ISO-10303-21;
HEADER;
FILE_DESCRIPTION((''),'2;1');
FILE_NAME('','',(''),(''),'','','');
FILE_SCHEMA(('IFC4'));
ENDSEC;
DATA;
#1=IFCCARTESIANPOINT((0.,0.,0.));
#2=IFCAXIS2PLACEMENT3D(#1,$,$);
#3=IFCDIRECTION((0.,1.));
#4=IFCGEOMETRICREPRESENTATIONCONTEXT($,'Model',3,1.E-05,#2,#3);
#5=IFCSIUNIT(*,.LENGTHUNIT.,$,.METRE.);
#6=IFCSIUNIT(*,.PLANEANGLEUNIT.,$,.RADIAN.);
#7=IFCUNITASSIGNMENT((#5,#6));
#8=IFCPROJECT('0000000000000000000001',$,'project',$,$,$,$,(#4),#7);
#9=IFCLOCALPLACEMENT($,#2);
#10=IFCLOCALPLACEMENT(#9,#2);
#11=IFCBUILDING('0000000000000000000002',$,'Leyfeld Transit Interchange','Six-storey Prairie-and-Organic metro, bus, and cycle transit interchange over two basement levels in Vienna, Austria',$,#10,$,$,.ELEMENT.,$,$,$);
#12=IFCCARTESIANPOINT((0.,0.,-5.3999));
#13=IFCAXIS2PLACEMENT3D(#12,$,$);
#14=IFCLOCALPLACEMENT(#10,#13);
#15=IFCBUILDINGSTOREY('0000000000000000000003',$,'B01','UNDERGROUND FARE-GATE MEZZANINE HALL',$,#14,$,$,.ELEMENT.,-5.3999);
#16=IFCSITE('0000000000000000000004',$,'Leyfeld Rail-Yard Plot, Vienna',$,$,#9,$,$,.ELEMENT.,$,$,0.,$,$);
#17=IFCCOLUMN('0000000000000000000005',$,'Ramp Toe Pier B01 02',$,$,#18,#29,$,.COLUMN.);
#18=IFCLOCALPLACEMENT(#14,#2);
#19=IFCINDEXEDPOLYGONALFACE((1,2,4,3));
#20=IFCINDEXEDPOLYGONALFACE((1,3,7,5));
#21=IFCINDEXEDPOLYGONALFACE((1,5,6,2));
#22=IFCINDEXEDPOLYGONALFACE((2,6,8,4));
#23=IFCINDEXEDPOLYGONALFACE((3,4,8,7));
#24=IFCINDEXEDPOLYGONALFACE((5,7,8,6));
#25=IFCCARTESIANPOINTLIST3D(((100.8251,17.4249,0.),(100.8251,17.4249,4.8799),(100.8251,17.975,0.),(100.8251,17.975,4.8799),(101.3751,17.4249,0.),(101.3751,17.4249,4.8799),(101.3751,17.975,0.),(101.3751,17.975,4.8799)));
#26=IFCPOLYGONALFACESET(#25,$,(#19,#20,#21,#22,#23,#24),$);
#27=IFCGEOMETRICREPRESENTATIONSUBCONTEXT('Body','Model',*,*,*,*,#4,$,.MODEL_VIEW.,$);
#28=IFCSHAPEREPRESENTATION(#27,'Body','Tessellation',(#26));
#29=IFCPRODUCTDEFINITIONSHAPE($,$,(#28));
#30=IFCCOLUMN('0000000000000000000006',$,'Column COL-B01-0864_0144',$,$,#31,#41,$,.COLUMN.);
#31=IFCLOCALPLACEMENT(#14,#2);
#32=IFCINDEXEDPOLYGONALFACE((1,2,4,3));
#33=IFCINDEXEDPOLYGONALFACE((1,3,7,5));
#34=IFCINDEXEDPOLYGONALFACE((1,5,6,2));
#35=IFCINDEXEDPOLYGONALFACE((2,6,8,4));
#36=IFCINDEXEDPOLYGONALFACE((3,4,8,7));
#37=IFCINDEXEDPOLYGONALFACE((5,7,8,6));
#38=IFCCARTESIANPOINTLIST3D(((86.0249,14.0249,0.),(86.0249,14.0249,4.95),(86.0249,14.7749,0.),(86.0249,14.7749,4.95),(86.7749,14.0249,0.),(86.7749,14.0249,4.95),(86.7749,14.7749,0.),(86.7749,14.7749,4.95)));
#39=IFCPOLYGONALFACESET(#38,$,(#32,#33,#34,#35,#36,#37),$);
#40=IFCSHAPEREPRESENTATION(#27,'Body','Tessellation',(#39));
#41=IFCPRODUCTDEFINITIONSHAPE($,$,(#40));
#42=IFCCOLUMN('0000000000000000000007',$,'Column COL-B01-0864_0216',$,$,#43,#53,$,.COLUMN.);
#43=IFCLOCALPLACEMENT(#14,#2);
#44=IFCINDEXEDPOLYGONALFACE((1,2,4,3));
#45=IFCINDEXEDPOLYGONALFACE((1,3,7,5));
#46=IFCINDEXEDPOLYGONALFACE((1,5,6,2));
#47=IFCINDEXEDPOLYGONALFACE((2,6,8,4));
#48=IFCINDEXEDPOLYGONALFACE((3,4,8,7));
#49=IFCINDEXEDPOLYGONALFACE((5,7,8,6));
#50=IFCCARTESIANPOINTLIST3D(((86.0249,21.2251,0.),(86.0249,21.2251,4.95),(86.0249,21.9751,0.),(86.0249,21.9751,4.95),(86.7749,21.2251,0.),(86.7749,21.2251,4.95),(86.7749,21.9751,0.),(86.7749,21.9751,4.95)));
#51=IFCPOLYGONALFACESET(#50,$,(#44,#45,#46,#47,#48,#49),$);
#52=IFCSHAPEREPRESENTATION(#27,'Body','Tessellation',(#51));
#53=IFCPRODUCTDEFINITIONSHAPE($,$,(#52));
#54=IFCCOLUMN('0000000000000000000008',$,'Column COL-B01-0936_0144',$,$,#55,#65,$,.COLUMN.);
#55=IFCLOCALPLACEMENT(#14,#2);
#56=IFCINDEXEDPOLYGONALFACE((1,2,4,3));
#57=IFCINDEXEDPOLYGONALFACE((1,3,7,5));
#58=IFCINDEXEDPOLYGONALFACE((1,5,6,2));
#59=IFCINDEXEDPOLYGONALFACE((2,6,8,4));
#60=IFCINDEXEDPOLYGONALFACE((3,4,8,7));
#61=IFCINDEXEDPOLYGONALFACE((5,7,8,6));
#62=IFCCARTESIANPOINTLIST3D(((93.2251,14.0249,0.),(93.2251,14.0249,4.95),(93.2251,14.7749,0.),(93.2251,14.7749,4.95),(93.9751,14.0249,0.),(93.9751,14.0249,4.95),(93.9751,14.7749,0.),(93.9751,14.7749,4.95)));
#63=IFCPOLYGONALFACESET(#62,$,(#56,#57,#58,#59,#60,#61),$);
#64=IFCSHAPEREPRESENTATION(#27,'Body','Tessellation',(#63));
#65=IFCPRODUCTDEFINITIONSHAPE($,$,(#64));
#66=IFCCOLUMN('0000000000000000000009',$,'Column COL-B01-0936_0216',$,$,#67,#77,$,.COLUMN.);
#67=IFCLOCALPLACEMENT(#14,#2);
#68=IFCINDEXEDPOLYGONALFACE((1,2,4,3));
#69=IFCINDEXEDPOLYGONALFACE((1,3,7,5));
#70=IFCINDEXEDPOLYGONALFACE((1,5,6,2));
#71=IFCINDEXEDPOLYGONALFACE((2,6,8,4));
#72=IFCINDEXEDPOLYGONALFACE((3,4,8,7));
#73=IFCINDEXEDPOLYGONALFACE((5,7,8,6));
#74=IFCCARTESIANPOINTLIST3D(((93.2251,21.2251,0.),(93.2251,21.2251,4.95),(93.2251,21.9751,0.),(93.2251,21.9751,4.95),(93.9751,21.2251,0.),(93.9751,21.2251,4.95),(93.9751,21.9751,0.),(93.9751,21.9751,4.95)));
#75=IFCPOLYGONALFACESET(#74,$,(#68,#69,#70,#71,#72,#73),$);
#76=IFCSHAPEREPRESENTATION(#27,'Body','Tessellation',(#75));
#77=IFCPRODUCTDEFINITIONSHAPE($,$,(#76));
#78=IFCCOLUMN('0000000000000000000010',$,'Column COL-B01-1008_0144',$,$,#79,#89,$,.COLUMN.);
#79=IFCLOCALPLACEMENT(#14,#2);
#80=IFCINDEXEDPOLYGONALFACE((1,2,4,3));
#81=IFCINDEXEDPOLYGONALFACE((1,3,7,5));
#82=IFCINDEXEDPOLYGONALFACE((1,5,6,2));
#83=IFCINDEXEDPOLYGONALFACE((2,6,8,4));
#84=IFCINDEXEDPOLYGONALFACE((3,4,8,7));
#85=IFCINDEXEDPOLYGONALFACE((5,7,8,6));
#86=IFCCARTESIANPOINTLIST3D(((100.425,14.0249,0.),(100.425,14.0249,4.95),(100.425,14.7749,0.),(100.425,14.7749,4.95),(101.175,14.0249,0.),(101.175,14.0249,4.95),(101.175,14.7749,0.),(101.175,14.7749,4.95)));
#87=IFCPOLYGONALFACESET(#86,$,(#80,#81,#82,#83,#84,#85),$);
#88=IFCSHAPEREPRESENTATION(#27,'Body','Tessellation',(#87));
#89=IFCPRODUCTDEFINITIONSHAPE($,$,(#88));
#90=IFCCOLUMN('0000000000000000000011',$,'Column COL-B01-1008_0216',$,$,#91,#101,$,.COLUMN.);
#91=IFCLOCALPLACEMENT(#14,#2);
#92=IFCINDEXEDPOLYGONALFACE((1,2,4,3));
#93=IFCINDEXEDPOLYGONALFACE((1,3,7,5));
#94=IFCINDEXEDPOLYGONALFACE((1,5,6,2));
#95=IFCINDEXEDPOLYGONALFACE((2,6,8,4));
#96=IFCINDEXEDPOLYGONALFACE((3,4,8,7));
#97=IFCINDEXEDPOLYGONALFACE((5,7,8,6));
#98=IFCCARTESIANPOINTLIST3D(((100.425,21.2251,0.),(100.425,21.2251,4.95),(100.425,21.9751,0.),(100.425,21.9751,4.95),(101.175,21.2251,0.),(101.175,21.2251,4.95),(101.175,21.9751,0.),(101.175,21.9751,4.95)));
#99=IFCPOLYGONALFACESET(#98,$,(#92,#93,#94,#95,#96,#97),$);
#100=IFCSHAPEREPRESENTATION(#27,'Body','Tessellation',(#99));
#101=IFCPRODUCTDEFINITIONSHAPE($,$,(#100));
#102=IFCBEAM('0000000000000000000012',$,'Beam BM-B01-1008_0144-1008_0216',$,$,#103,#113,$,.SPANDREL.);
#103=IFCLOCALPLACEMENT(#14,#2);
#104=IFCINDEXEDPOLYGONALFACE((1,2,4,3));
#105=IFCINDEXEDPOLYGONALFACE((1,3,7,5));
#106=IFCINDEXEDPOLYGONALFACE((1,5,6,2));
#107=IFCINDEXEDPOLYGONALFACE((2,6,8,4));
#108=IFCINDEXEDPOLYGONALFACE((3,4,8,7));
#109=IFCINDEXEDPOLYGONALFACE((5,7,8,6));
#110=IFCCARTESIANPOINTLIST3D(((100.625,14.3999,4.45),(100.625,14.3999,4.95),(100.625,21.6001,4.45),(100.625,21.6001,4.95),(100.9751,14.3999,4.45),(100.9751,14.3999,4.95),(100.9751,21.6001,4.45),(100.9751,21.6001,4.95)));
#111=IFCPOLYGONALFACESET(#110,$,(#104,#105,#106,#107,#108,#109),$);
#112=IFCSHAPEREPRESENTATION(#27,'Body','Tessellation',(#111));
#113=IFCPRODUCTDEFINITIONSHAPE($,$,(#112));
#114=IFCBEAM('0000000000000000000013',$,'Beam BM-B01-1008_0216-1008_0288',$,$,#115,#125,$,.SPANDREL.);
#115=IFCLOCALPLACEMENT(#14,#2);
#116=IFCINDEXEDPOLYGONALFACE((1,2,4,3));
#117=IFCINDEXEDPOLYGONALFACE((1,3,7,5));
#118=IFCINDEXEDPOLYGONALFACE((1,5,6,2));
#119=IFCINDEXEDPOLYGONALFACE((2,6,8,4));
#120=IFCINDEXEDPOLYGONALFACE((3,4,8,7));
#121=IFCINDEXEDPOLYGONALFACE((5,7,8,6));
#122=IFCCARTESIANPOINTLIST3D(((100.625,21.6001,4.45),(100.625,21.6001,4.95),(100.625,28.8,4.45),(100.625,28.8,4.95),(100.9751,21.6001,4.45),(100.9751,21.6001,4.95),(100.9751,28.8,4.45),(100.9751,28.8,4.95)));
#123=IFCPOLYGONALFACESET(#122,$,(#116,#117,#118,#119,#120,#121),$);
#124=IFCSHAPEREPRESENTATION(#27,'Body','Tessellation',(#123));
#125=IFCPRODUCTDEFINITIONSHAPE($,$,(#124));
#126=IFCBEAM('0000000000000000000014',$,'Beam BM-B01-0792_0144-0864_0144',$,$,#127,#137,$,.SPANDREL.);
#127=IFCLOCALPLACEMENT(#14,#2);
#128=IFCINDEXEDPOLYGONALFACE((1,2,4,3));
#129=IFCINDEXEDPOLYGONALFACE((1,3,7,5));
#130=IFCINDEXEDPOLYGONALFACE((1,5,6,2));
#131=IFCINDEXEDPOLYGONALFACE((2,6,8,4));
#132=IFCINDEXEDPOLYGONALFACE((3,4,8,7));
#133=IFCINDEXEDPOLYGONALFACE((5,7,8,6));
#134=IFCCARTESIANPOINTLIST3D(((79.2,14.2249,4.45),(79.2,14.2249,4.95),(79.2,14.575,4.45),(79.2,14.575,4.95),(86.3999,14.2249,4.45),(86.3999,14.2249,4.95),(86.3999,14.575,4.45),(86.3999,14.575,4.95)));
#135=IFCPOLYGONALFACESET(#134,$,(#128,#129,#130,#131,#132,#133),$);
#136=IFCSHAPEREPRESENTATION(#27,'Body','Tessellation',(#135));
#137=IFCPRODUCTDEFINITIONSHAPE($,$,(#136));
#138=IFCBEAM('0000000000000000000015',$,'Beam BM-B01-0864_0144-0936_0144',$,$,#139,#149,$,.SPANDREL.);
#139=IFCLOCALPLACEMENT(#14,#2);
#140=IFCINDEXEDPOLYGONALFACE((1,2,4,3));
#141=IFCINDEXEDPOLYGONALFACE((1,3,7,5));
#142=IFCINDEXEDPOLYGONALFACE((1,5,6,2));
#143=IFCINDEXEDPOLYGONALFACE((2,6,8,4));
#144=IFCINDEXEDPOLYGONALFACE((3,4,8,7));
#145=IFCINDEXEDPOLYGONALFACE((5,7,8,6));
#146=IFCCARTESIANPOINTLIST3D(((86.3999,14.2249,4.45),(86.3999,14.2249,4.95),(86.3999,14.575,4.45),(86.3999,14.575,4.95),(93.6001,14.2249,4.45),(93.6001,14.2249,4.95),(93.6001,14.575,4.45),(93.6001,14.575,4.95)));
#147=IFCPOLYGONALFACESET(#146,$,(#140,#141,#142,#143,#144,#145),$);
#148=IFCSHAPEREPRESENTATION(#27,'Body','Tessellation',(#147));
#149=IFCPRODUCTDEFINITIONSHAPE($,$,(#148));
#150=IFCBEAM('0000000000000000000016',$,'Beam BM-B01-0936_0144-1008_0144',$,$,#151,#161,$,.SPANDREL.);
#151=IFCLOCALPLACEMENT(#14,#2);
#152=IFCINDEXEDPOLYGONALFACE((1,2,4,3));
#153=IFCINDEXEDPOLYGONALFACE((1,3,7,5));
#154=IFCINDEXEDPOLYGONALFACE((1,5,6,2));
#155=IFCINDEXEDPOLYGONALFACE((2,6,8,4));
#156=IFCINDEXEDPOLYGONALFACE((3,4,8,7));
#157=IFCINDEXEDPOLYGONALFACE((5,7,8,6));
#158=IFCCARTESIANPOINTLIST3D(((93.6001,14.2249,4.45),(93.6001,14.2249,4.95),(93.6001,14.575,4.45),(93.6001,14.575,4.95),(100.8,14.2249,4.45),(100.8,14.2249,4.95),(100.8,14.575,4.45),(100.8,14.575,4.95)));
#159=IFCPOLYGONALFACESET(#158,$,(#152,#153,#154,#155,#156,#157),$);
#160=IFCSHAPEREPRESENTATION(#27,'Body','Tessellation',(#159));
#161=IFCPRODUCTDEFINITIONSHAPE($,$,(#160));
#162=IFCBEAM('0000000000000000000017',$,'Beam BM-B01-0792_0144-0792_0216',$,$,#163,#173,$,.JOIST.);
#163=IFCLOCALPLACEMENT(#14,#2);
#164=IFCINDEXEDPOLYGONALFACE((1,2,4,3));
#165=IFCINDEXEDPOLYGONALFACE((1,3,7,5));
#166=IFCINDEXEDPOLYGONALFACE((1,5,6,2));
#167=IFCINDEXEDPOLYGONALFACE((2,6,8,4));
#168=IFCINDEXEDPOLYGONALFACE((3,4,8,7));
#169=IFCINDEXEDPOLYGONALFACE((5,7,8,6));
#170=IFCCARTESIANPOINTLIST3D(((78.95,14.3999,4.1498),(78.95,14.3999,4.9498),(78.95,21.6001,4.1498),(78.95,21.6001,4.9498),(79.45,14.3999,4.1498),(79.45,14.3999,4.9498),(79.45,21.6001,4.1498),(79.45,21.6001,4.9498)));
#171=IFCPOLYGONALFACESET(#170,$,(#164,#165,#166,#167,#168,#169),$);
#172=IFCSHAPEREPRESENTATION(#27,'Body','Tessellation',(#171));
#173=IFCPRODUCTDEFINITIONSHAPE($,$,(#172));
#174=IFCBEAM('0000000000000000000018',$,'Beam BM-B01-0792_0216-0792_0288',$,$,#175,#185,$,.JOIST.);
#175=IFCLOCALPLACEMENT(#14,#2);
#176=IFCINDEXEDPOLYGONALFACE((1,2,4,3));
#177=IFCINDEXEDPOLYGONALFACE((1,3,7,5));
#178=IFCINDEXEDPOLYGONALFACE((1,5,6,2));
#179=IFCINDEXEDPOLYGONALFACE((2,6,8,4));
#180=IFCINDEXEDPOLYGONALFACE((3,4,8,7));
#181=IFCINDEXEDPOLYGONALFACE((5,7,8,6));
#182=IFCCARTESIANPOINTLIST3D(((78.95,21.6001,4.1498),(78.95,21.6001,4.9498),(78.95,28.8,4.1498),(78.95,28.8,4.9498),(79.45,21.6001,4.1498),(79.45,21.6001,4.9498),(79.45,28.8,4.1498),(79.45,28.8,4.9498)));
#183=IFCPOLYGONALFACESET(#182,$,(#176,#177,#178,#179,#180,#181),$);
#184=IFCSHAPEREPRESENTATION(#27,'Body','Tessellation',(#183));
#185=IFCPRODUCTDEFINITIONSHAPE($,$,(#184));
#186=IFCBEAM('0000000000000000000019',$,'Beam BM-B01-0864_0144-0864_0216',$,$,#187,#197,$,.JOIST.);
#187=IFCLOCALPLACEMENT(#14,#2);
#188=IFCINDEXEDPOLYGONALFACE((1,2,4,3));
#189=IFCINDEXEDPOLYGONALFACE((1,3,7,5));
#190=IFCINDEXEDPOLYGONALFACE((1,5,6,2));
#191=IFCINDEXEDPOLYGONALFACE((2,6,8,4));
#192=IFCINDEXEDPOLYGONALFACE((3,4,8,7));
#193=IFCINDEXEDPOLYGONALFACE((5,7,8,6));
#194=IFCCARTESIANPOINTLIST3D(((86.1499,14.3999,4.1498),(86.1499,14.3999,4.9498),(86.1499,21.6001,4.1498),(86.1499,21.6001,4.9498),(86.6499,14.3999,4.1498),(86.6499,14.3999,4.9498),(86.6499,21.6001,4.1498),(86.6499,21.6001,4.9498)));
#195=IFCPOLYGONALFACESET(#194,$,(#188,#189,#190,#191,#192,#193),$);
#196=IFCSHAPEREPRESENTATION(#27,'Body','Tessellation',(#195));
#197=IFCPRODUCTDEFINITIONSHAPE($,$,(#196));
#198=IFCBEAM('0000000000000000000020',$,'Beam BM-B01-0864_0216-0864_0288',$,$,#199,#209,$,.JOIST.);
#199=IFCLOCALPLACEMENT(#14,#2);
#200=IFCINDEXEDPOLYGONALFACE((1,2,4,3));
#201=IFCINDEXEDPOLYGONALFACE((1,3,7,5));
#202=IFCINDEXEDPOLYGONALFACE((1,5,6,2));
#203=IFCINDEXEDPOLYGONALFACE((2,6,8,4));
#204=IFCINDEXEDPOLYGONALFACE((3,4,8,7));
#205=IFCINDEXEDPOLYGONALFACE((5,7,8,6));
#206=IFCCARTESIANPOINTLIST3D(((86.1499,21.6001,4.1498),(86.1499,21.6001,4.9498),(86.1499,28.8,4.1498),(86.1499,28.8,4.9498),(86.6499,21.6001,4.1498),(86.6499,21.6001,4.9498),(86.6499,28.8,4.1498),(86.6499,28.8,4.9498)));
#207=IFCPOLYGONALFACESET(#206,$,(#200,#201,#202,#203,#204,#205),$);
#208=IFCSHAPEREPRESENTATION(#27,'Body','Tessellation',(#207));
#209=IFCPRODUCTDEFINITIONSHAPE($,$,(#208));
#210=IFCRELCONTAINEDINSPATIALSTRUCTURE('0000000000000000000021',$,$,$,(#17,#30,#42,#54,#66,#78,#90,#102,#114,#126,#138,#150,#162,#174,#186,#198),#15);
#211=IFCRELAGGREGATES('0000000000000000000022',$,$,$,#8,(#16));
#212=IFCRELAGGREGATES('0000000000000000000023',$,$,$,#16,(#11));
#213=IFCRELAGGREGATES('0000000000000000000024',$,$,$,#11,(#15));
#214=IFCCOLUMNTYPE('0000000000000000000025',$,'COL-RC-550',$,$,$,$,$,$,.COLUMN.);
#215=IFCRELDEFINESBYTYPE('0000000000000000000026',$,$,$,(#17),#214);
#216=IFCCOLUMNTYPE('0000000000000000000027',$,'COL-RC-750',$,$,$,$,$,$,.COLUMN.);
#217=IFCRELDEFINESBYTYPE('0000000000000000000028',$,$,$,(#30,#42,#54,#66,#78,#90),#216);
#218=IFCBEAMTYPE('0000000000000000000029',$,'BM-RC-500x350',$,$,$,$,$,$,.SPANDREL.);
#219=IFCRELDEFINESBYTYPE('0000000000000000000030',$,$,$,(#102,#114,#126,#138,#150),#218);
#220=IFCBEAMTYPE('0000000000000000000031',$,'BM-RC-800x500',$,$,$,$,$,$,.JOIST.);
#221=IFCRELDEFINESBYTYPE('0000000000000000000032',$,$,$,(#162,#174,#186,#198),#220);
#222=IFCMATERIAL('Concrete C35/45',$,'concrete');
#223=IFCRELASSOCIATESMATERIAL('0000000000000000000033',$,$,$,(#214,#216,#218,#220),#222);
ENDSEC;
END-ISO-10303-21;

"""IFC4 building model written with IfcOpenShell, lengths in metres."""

from ifc_helpers import new_model, si_unit, direction, frame, origin, origin_2d, place, context, subcontext, project, spatial, rectangle, extrude, material, material_profile, profile_set, type_object, element, save


model = new_model("IFC4")

# Units and contexts
model_context = context("Model", 3, precision=1e-05, world=origin(), true_north=direction((0.0, 1.0)))
body_context = subcontext(model_context, "Body", "Model", "MODEL_VIEW")
ifc_project = project(units=[si_unit("LENGTHUNIT", "METRE"), si_unit("PLANEANGLEUNIT", "RADIAN")], contexts=[model_context])

# Site, building, storey
site_placement = place(None, origin())
site = spatial("IfcSite", under=ifc_project, at=site_placement, Name="Leyfeld Rail-Yard Plot, Vienna", CompositionType="ELEMENT", RefElevation=0.0)
building_placement = place(site_placement, origin())
building = spatial("IfcBuilding", under=site, at=building_placement, Name="Leyfeld Transit Interchange", Description="Six-storey Prairie-and-Organic metro, bus, and cycle transit interchange over two basement levels in Vienna, Austria", CompositionType="ELEMENT")
storey_placement = place(building_placement, frame((0.0, 0.0, -5.3999)))
storey = spatial("IfcBuildingStorey", under=building, at=storey_placement, Name="B01", Description="UNDERGROUND FARE-GATE MEZZANINE HALL", CompositionType="ELEMENT", Elevation=-5.3999)

# Columns
ifc_material = material(Name="Concrete C35/45", Category="concrete")
ifc_material_profile_1 = material_profile(ifc_material, rectangle(XDim=0.55, YDim=0.55, at=origin_2d()), Name="RC 550x550")
ifc_profile_set_1 = profile_set([ifc_material_profile_1], Name="Concrete C35/45")
column_type_1 = type_object("IfcColumnType", Name="COL-RC-550", PredefinedType="COLUMN", material=ifc_profile_set_1)
column_placement = place(storey_placement, frame((101.1001, 17.7, 0.0), z_axis=(0.0, 0.0, 1.0), x_axis=(1.0, 0.0, 0.0)))
element("IfcColumn", 1, at=column_placement, inside=storey, type_object=column_type_1, Name="Ramp Toe Pier B01 02", PredefinedType="COLUMN", context=body_context, shape_type="SweptSolid", body=[
    extrude(rectangle(XDim=0.55, YDim=0.55, at=origin_2d()), origin(), (0.0, 0.0, 1.0), 4.8799),
])
ifc_material_profile_2 = material_profile(ifc_material, rectangle(XDim=0.75, YDim=0.75, at=origin_2d()), Name="RC 750x750")
ifc_profile_set_2 = profile_set([ifc_material_profile_2], Name="Concrete C35/45")
column_type_2 = type_object("IfcColumnType", Name="COL-RC-750", PredefinedType="COLUMN", material=ifc_profile_set_2)
for number, where, z_axis, x_axis, name in (
    (2, (86.3999, 14.3999, 0.0), (0.0, 0.0, 1.0), (1.0, 0.0, 0.0), "Column COL-B01-0864_0144"),
    (3, (86.3999, 21.6001, 0.0), (0.0, 0.0, 1.0), (1.0, 0.0, 0.0), "Column COL-B01-0864_0216"),
    (4, (93.6001, 14.3999, 0.0), (0.0, 0.0, 1.0), (1.0, 0.0, 0.0), "Column COL-B01-0936_0144"),
    (5, (93.6001, 21.6001, 0.0), (0.0, 0.0, 1.0), (1.0, 0.0, 0.0), "Column COL-B01-0936_0216"),
    (6, (100.8, 14.3999, 0.0), (0.0, 0.0, 1.0), (1.0, 0.0, 0.0), "Column COL-B01-1008_0144"),
    (7, (100.8, 21.6001, 0.0), (0.0, 0.0, 1.0), (1.0, 0.0, 0.0), "Column COL-B01-1008_0216"),
):
    element("IfcColumn", number, at=place(storey_placement, frame(where, z_axis=z_axis, x_axis=x_axis)), inside=storey, type_object=column_type_2, Name=name, PredefinedType="COLUMN", context=body_context, shape_type="SweptSolid", body=[
        extrude(rectangle(XDim=0.75, YDim=0.75, at=origin_2d()), origin(), (0.0, 0.0, 1.0), 4.95),
    ])

# Beams
ifc_material_profile_3 = material_profile(ifc_material, rectangle(XDim=0.3501, YDim=0.5, at=origin_2d()), Name="RC 500x350")
ifc_profile_set_3 = profile_set([ifc_material_profile_3], Name="Concrete C35/45")
beam_type_1 = type_object("IfcBeamType", Name="BM-RC-500x350", PredefinedType="SPANDREL", material=ifc_profile_set_3)
beam_1_placement = place(storey_placement, frame((100.8, 14.3999, 4.7), z_axis=(0.0, 1.0, 0.0), x_axis=(-1.0, 0.0, 0.0)))
element("IfcBeam", 8, at=beam_1_placement, inside=storey, type_object=beam_type_1, Name="Beam BM-B01-1008_0144-1008_0216", PredefinedType="SPANDREL", context=body_context, shape_type="SweptSolid", body=[
    extrude(rectangle(XDim=0.3501, YDim=0.5, at=origin_2d()), origin(), (0.0, 0.0, 1.0), 7.2002),
])
for number, where, z_axis, x_axis, name in (
    (9, (100.8, 21.6001, 4.7), (0.0, 1.0, 0.0), (-1.0, 0.0, 0.0), "Beam BM-B01-1008_0216-1008_0288"),
    (10, (79.2, 14.3999, 4.7), (1.0, 0.0, 0.0), (0.0, 1.0, 0.0), "Beam BM-B01-0792_0144-0864_0144"),
):
    element("IfcBeam", number, at=place(storey_placement, frame(where, z_axis=z_axis, x_axis=x_axis)), inside=storey, type_object=beam_type_1, Name=name, PredefinedType="SPANDREL", context=body_context, shape_type="SweptSolid", body=[
        extrude(rectangle(XDim=0.3501, YDim=0.5, at=origin_2d()), origin(), (0.0, 0.0, 1.0), 7.2),
    ])
beam_2_placement = place(storey_placement, frame((86.3999, 14.3999, 4.7), z_axis=(1.0, 0.0, 0.0), x_axis=(0.0, 1.0, 0.0)))
element("IfcBeam", 11, at=beam_2_placement, inside=storey, type_object=beam_type_1, Name="Beam BM-B01-0864_0144-0936_0144", PredefinedType="SPANDREL", context=body_context, shape_type="SweptSolid", body=[
    extrude(rectangle(XDim=0.3501, YDim=0.5, at=origin_2d()), origin(), (0.0, 0.0, 1.0), 7.2002),
])
beam_3_placement = place(storey_placement, frame((93.6001, 14.3999, 4.7), z_axis=(1.0, 0.0, 0.0), x_axis=(0.0, 1.0, 0.0)))
element("IfcBeam", 12, at=beam_3_placement, inside=storey, type_object=beam_type_1, Name="Beam BM-B01-0936_0144-1008_0144", PredefinedType="SPANDREL", context=body_context, shape_type="SweptSolid", body=[
    extrude(rectangle(XDim=0.3501, YDim=0.5, at=origin_2d()), origin(), (0.0, 0.0, 1.0), 7.2),
])
ifc_material_profile_4 = material_profile(ifc_material, rectangle(XDim=0.5, YDim=0.8, at=origin_2d()), Name="RC 800x500")
ifc_profile_set_4 = profile_set([ifc_material_profile_4], Name="Concrete C35/45")
beam_type_2 = type_object("IfcBeamType", Name="BM-RC-800x500", PredefinedType="JOIST", material=ifc_profile_set_4)
beam_4_placement = place(storey_placement, frame((79.2, 14.3999, 4.5498), z_axis=(0.0, 1.0, 0.0), x_axis=(-1.0, 0.0, 0.0)))
element("IfcBeam", 13, at=beam_4_placement, inside=storey, type_object=beam_type_2, Name="Beam BM-B01-0792_0144-0792_0216", PredefinedType="JOIST", context=body_context, shape_type="SweptSolid", body=[
    extrude(rectangle(XDim=0.5, YDim=0.8, at=origin_2d()), origin(), (0.0, 0.0, 1.0), 7.2002),
])
beam_5_placement = place(storey_placement, frame((79.2, 21.6001, 4.5498), z_axis=(0.0, 1.0, 0.0), x_axis=(-1.0, 0.0, 0.0)))
element("IfcBeam", 14, at=beam_5_placement, inside=storey, type_object=beam_type_2, Name="Beam BM-B01-0792_0216-0792_0288", PredefinedType="JOIST", context=body_context, shape_type="SweptSolid", body=[
    extrude(rectangle(XDim=0.5, YDim=0.8, at=origin_2d()), origin(), (0.0, 0.0, 1.0), 7.2),
])
beam_6_placement = place(storey_placement, frame((86.3999, 14.3999, 4.5498), z_axis=(0.0, 1.0, 0.0), x_axis=(-1.0, 0.0, 0.0)))
element("IfcBeam", 15, at=beam_6_placement, inside=storey, type_object=beam_type_2, Name="Beam BM-B01-0864_0144-0864_0216", PredefinedType="JOIST", context=body_context, shape_type="SweptSolid", body=[
    extrude(rectangle(XDim=0.5, YDim=0.8, at=origin_2d()), origin(), (0.0, 0.0, 1.0), 7.2002),
])
beam_7_placement = place(storey_placement, frame((86.3999, 21.6001, 4.5498), z_axis=(0.0, 1.0, 0.0), x_axis=(-1.0, 0.0, 0.0)))
element("IfcBeam", 16, at=beam_7_placement, inside=storey, type_object=beam_type_2, Name="Beam BM-B01-0864_0216-0864_0288", PredefinedType="JOIST", context=body_context, shape_type="SweptSolid", body=[
    extrude(rectangle(XDim=0.5, YDim=0.8, at=origin_2d()), origin(), (0.0, 0.0, 1.0), 7.2),
])

save(model, "model.ifc")
